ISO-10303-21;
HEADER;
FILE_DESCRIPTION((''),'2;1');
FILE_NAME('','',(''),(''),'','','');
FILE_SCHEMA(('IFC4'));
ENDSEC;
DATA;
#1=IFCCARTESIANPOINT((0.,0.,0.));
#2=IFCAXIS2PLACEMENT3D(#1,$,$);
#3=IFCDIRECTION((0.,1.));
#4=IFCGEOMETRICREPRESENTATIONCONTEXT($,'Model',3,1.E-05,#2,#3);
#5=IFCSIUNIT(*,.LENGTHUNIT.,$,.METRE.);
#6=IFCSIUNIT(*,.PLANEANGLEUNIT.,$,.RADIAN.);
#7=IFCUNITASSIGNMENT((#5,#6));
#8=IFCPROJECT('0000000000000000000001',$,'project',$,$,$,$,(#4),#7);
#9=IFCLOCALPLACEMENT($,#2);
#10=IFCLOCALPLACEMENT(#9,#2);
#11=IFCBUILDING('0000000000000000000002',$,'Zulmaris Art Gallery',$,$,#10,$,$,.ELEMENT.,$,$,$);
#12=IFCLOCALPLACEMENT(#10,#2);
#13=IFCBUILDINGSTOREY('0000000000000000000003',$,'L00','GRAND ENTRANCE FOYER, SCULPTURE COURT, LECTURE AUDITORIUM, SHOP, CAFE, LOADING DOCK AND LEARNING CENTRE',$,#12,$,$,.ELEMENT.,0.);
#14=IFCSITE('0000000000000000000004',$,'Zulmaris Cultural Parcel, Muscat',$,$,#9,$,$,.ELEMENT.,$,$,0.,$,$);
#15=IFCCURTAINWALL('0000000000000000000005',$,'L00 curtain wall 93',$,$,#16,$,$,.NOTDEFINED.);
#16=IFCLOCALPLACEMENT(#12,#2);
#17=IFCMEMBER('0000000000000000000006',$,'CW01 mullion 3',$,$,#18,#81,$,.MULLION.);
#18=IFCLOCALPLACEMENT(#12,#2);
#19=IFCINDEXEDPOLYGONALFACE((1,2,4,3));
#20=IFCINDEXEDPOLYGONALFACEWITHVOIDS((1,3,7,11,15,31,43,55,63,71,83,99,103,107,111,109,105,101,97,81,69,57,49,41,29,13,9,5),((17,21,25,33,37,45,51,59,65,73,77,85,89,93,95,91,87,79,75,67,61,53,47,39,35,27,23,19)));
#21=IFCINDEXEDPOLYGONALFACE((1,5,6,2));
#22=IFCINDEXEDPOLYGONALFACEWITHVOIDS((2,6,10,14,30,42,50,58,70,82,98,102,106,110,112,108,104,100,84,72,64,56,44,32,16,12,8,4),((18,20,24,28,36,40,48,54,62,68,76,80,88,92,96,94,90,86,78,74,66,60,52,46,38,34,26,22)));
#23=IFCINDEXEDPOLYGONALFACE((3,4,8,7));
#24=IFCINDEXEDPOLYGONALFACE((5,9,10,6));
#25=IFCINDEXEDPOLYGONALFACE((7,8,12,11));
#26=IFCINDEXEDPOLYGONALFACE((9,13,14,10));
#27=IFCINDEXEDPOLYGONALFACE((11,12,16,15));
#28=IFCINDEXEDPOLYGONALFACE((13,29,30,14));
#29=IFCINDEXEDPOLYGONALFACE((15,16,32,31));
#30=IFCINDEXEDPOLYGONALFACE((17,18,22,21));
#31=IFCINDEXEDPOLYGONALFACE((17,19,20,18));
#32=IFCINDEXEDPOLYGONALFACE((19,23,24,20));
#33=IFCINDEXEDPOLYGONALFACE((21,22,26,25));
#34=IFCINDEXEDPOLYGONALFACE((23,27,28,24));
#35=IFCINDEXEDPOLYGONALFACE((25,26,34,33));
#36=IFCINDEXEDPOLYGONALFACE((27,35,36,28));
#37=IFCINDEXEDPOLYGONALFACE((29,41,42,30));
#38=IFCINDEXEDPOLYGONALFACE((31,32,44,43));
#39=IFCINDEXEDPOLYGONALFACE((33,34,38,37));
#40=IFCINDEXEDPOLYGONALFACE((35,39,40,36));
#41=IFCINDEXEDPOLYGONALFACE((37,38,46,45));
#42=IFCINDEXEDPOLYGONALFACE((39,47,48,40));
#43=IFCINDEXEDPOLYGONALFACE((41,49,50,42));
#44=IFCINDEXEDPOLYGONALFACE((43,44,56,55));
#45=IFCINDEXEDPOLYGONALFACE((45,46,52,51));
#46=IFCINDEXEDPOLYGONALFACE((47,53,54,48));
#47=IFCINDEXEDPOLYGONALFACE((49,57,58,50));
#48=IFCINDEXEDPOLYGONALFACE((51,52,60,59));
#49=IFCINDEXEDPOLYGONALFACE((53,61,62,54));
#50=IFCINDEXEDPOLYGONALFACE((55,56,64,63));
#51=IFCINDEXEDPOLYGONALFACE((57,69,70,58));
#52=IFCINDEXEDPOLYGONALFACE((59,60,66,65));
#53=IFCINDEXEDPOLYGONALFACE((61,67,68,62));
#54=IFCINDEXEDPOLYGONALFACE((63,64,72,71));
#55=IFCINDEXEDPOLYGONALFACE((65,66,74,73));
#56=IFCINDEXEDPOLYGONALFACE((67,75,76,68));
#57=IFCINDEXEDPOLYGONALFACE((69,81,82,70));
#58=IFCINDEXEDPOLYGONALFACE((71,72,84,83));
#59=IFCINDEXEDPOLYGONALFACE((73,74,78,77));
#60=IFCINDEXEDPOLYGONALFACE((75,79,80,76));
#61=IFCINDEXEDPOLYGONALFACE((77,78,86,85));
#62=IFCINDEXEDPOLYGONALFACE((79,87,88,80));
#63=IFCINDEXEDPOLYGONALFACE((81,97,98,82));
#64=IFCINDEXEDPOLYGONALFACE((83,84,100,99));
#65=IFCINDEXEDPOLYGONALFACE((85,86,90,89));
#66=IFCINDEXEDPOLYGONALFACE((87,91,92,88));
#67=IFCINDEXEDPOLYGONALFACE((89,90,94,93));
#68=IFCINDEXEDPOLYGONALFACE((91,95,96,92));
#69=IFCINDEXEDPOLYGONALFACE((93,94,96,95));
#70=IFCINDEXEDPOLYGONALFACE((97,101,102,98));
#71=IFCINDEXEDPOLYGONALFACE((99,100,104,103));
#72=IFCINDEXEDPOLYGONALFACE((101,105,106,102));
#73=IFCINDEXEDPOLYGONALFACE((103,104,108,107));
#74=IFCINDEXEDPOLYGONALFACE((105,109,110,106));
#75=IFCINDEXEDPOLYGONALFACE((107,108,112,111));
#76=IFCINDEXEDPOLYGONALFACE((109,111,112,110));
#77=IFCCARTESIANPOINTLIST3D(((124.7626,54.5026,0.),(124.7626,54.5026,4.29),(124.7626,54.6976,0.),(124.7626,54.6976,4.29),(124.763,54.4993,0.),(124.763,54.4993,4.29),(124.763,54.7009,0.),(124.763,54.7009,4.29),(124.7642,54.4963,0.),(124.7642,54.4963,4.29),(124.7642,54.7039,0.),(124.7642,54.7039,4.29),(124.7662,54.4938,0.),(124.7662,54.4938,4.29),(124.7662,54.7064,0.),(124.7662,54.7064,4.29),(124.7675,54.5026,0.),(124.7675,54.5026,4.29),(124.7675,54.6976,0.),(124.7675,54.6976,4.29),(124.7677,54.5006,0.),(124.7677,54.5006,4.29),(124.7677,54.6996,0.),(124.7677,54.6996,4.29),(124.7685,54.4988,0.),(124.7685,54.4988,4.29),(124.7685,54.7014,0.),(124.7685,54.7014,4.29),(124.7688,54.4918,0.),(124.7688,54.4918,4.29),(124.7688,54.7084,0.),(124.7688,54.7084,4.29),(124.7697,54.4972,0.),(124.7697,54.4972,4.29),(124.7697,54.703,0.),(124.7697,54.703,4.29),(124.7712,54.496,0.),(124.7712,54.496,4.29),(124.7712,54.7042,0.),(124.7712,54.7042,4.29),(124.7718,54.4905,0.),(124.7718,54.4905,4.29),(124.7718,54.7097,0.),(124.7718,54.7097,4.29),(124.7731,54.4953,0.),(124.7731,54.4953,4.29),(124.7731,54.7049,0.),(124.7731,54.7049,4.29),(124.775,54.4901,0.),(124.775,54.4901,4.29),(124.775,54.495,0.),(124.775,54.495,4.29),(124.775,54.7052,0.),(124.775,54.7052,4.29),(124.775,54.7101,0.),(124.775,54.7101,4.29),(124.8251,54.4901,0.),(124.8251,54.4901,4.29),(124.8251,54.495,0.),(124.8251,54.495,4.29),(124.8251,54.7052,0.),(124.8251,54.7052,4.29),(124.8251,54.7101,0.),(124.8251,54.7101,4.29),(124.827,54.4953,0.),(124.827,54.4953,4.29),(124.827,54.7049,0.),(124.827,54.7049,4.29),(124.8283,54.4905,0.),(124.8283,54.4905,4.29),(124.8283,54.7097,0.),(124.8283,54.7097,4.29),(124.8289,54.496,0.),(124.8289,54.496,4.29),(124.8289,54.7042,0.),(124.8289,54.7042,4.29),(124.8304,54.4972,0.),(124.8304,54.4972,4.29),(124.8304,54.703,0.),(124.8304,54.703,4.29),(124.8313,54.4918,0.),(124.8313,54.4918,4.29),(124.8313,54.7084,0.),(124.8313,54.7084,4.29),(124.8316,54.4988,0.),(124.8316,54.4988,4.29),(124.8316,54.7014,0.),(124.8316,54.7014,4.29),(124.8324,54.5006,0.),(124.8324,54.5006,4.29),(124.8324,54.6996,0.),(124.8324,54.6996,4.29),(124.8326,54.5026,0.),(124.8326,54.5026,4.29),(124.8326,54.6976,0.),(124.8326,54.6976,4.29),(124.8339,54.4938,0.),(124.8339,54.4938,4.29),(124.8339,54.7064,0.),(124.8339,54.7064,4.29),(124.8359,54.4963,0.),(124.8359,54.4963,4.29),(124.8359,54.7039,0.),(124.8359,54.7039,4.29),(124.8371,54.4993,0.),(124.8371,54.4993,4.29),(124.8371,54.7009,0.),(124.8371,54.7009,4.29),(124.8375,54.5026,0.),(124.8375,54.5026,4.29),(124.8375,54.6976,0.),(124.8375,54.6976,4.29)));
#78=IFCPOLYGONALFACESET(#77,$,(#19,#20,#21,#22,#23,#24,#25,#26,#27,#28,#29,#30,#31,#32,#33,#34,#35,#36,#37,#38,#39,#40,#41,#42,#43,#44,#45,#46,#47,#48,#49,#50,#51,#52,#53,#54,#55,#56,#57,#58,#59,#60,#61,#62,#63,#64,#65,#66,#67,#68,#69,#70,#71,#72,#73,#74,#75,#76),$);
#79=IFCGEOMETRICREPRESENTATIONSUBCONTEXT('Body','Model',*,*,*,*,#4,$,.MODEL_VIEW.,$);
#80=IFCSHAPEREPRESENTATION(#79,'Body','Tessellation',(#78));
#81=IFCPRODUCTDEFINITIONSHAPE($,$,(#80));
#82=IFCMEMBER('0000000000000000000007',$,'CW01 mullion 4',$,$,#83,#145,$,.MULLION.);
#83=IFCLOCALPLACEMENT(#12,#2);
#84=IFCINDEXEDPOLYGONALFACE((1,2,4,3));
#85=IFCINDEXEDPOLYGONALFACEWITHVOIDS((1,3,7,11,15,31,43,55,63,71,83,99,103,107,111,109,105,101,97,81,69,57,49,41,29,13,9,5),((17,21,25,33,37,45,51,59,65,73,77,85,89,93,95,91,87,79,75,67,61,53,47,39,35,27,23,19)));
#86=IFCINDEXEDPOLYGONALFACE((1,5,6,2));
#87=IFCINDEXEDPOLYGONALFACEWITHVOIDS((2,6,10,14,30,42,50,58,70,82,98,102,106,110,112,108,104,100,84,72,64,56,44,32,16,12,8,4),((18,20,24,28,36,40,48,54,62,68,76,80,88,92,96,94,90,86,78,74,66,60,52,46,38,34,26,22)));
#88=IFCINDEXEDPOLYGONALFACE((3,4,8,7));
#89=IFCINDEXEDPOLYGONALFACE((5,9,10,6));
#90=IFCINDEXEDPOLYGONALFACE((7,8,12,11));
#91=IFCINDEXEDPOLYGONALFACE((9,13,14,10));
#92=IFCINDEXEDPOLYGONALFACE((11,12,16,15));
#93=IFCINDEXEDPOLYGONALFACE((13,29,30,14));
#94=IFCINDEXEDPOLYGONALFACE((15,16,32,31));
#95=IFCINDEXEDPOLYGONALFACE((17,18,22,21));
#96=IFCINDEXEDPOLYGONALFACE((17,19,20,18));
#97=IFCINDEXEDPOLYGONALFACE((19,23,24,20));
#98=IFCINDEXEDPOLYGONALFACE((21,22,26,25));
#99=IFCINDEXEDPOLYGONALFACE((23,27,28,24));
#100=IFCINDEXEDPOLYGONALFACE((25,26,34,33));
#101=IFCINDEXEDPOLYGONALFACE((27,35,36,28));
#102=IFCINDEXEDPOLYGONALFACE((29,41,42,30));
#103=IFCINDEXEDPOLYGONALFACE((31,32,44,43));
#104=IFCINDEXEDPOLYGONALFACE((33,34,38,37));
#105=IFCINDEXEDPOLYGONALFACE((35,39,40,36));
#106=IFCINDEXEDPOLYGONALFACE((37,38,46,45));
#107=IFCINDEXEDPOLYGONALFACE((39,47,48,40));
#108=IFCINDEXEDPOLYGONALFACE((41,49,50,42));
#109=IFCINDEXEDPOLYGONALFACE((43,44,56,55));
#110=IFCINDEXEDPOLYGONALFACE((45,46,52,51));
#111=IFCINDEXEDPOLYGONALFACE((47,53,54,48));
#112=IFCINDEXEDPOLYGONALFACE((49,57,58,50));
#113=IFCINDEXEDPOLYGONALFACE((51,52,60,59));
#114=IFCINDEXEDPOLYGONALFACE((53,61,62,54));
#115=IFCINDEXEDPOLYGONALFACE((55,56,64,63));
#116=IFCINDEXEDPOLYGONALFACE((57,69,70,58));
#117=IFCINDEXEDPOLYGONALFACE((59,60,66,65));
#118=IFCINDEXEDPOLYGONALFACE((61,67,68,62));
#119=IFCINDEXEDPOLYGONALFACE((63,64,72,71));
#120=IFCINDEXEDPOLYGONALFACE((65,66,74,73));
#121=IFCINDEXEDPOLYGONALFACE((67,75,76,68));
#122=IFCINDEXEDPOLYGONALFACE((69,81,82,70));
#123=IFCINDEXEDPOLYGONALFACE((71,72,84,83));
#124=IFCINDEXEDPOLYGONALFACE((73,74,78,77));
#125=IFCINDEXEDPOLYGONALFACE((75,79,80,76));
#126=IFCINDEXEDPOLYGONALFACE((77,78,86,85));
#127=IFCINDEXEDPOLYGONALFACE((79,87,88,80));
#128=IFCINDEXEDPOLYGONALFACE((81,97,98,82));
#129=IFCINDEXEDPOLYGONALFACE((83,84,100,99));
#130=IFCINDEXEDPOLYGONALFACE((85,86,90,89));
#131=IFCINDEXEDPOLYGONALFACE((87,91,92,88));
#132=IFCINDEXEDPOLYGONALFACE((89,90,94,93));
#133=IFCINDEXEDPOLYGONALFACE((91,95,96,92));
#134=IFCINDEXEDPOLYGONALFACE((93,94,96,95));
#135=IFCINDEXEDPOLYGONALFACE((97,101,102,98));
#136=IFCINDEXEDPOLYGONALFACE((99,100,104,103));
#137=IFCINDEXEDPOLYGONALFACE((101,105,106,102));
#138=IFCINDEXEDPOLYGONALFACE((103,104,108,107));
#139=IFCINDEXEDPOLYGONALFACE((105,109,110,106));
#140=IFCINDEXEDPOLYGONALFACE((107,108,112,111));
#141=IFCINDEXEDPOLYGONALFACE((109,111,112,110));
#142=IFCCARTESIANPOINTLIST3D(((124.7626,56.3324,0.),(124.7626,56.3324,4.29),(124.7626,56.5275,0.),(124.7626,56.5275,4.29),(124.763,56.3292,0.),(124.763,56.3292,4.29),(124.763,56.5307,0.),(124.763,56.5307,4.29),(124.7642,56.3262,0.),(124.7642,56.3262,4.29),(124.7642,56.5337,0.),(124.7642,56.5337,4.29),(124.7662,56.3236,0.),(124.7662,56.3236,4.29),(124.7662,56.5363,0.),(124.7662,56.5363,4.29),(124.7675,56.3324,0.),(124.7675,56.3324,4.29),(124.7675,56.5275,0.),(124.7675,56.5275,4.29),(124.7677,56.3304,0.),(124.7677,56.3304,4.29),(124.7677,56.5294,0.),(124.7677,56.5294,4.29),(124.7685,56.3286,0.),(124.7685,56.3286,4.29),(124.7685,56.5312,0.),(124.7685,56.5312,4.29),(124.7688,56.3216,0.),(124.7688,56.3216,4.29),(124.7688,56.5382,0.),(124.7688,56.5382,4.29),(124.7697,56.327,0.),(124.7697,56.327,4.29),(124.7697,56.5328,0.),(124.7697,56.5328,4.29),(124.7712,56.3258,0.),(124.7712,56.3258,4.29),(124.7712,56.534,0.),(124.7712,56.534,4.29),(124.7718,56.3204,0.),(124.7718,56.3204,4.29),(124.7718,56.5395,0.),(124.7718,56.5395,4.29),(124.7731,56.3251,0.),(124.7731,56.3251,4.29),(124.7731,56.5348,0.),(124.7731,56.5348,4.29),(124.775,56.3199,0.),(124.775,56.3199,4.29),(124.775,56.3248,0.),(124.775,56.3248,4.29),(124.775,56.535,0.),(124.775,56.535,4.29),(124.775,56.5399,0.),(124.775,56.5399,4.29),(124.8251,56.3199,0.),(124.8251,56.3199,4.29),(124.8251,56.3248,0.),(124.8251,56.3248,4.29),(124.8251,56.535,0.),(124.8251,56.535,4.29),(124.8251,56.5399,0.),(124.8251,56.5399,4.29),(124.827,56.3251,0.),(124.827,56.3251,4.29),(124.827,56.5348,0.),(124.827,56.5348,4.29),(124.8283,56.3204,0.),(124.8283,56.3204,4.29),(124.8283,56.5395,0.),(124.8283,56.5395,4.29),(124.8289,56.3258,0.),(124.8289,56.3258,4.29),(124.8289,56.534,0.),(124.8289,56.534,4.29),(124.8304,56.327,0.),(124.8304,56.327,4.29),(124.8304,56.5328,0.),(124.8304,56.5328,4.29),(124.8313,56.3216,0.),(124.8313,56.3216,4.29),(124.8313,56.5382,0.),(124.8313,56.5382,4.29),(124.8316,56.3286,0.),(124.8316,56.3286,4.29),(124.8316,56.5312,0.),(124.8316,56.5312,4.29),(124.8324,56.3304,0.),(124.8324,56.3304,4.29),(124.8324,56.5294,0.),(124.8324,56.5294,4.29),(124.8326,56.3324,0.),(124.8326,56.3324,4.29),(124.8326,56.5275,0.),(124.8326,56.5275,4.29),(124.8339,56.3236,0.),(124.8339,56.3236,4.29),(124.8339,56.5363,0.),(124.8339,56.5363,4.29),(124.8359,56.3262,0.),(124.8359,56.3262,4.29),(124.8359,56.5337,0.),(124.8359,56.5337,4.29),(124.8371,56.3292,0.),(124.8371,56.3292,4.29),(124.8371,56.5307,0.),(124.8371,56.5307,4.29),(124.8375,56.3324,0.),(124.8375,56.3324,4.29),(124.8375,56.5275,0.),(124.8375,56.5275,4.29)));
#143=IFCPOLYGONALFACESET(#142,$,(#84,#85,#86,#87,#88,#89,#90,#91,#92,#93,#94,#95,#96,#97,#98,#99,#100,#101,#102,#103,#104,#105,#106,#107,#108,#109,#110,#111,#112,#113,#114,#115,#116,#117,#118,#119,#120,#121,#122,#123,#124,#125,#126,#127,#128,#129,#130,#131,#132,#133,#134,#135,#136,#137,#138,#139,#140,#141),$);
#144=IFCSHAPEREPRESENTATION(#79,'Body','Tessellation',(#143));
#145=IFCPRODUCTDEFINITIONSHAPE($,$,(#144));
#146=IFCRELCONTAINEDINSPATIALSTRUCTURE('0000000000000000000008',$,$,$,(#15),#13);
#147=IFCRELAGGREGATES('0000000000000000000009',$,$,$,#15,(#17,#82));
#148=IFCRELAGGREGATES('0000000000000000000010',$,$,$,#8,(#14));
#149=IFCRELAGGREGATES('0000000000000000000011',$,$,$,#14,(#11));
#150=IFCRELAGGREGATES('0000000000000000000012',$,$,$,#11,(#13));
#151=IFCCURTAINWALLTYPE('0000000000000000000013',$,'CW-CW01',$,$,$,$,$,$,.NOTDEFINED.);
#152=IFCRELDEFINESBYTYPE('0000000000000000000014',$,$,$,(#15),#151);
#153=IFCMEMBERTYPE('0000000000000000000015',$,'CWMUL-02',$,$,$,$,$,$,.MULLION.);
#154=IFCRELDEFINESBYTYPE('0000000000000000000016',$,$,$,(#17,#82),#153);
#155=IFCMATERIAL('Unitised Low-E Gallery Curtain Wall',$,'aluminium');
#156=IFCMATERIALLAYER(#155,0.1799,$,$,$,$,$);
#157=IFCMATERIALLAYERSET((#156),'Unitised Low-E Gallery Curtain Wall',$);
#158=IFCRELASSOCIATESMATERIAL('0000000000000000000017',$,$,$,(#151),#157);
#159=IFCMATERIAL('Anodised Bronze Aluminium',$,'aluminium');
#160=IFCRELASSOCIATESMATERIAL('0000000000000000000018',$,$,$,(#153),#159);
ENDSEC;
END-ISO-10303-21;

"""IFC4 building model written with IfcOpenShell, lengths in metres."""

from ifc_helpers import new_model, si_unit, direction, frame, origin, origin_2d, place, context, subcontext, project, spatial, hollow_rectangle, extrude, material, layer, layer_set, material_profile, profile_set, type_object, element, aggregate, save


model = new_model("IFC4")

# Units and contexts
model_context = context("Model", 3, precision=1e-05, world=origin(), true_north=direction((0.0, 1.0)))
body_context = subcontext(model_context, "Body", "Model", "MODEL_VIEW")
ifc_project = project(units=[si_unit("LENGTHUNIT", "METRE"), si_unit("PLANEANGLEUNIT", "RADIAN")], contexts=[model_context])

# Site, building, storey
site_placement = place(None, origin())
site = spatial("IfcSite", under=ifc_project, at=site_placement, Name="Zulmaris Cultural Parcel, Muscat", CompositionType="ELEMENT", RefElevation=0.0)
building_placement = place(site_placement, origin())
building = spatial("IfcBuilding", under=site, at=building_placement, Name="Zulmaris Art Gallery", CompositionType="ELEMENT")
storey_placement = place(building_placement, origin())
storey = spatial("IfcBuildingStorey", under=building, at=storey_placement, Name="L00", Description="GRAND ENTRANCE FOYER, SCULPTURE COURT, LECTURE AUDITORIUM, SHOP, CAFE, LOADING DOCK AND LEARNING CENTRE", CompositionType="ELEMENT", Elevation=0.0)

# Curtain wall, members
ifc_material_1 = material(Name="Unitised Low-E Gallery Curtain Wall", Category="aluminium")
ifc_layer_1 = layer(ifc_material_1, 0.1799)
ifc_layer_set_1 = layer_set([ifc_layer_1], Name="Unitised Low-E Gallery Curtain Wall")
curtain_wall_type = type_object("IfcCurtainWallType", Name="CW-CW01", PredefinedType="NOTDEFINED", material=ifc_layer_set_1)
ifc_material_2 = material(Name="Anodised Bronze Aluminium", Category="aluminium")
ifc_material_profile_1 = material_profile(ifc_material_2, hollow_rectangle(XDim=0.075, YDim=0.22, WallThickness=0.0049, InnerFilletRadius=0.0076, OuterFilletRadius=0.0125, at=origin_2d()), Name="ALU 75x220x5")
ifc_profile_set_1 = profile_set([ifc_material_profile_1], Name="Anodised Bronze Aluminium")
member_type_1 = type_object("IfcMemberType", Name="CWMUL-02", PredefinedType="MULLION", material=ifc_profile_set_1)
curtain_wall_1_placement = place(storey_placement, origin())
curtain_wall_1 = element("IfcCurtainWall", 1, at=curtain_wall_1_placement, inside=storey, type_object=curtain_wall_type, Name="L00 curtain wall 93", PredefinedType="NOTDEFINED")
member_1_placement = place(storey_placement, frame((124.8, 54.6001, 0.0), z_axis=(0.0, 0.0, 1.0), x_axis=(-1.0, 0.0, 0.0)))
member_1 = element("IfcMember", 2, at=member_1_placement, type_object=member_type_1, Name="CW01 mullion 3", PredefinedType="MULLION", context=body_context, shape_type="SweptSolid", body=[
    extrude(hollow_rectangle(XDim=0.075, YDim=0.22, WallThickness=0.0049, InnerFilletRadius=0.0076, OuterFilletRadius=0.0125, at=origin_2d()), origin(), (0.0, 0.0, 1.0), 4.29),
])
member_2_placement = place(storey_placement, frame((124.8, 56.4299, 0.0), z_axis=(0.0, 0.0, 1.0), x_axis=(-1.0, 0.0, 0.0)))
member_2 = element("IfcMember", 3, at=member_2_placement, type_object=member_type_1, Name="CW01 mullion 4", PredefinedType="MULLION", context=body_context, shape_type="SweptSolid", body=[
    extrude(hollow_rectangle(XDim=0.075, YDim=0.22, WallThickness=0.0049, InnerFilletRadius=0.0076, OuterFilletRadius=0.0125, at=origin_2d()), origin(), (0.0, 0.0, 1.0), 4.29),
])

aggregate(curtain_wall_1, [member_1, member_2])

save(model, "model.ifc")
